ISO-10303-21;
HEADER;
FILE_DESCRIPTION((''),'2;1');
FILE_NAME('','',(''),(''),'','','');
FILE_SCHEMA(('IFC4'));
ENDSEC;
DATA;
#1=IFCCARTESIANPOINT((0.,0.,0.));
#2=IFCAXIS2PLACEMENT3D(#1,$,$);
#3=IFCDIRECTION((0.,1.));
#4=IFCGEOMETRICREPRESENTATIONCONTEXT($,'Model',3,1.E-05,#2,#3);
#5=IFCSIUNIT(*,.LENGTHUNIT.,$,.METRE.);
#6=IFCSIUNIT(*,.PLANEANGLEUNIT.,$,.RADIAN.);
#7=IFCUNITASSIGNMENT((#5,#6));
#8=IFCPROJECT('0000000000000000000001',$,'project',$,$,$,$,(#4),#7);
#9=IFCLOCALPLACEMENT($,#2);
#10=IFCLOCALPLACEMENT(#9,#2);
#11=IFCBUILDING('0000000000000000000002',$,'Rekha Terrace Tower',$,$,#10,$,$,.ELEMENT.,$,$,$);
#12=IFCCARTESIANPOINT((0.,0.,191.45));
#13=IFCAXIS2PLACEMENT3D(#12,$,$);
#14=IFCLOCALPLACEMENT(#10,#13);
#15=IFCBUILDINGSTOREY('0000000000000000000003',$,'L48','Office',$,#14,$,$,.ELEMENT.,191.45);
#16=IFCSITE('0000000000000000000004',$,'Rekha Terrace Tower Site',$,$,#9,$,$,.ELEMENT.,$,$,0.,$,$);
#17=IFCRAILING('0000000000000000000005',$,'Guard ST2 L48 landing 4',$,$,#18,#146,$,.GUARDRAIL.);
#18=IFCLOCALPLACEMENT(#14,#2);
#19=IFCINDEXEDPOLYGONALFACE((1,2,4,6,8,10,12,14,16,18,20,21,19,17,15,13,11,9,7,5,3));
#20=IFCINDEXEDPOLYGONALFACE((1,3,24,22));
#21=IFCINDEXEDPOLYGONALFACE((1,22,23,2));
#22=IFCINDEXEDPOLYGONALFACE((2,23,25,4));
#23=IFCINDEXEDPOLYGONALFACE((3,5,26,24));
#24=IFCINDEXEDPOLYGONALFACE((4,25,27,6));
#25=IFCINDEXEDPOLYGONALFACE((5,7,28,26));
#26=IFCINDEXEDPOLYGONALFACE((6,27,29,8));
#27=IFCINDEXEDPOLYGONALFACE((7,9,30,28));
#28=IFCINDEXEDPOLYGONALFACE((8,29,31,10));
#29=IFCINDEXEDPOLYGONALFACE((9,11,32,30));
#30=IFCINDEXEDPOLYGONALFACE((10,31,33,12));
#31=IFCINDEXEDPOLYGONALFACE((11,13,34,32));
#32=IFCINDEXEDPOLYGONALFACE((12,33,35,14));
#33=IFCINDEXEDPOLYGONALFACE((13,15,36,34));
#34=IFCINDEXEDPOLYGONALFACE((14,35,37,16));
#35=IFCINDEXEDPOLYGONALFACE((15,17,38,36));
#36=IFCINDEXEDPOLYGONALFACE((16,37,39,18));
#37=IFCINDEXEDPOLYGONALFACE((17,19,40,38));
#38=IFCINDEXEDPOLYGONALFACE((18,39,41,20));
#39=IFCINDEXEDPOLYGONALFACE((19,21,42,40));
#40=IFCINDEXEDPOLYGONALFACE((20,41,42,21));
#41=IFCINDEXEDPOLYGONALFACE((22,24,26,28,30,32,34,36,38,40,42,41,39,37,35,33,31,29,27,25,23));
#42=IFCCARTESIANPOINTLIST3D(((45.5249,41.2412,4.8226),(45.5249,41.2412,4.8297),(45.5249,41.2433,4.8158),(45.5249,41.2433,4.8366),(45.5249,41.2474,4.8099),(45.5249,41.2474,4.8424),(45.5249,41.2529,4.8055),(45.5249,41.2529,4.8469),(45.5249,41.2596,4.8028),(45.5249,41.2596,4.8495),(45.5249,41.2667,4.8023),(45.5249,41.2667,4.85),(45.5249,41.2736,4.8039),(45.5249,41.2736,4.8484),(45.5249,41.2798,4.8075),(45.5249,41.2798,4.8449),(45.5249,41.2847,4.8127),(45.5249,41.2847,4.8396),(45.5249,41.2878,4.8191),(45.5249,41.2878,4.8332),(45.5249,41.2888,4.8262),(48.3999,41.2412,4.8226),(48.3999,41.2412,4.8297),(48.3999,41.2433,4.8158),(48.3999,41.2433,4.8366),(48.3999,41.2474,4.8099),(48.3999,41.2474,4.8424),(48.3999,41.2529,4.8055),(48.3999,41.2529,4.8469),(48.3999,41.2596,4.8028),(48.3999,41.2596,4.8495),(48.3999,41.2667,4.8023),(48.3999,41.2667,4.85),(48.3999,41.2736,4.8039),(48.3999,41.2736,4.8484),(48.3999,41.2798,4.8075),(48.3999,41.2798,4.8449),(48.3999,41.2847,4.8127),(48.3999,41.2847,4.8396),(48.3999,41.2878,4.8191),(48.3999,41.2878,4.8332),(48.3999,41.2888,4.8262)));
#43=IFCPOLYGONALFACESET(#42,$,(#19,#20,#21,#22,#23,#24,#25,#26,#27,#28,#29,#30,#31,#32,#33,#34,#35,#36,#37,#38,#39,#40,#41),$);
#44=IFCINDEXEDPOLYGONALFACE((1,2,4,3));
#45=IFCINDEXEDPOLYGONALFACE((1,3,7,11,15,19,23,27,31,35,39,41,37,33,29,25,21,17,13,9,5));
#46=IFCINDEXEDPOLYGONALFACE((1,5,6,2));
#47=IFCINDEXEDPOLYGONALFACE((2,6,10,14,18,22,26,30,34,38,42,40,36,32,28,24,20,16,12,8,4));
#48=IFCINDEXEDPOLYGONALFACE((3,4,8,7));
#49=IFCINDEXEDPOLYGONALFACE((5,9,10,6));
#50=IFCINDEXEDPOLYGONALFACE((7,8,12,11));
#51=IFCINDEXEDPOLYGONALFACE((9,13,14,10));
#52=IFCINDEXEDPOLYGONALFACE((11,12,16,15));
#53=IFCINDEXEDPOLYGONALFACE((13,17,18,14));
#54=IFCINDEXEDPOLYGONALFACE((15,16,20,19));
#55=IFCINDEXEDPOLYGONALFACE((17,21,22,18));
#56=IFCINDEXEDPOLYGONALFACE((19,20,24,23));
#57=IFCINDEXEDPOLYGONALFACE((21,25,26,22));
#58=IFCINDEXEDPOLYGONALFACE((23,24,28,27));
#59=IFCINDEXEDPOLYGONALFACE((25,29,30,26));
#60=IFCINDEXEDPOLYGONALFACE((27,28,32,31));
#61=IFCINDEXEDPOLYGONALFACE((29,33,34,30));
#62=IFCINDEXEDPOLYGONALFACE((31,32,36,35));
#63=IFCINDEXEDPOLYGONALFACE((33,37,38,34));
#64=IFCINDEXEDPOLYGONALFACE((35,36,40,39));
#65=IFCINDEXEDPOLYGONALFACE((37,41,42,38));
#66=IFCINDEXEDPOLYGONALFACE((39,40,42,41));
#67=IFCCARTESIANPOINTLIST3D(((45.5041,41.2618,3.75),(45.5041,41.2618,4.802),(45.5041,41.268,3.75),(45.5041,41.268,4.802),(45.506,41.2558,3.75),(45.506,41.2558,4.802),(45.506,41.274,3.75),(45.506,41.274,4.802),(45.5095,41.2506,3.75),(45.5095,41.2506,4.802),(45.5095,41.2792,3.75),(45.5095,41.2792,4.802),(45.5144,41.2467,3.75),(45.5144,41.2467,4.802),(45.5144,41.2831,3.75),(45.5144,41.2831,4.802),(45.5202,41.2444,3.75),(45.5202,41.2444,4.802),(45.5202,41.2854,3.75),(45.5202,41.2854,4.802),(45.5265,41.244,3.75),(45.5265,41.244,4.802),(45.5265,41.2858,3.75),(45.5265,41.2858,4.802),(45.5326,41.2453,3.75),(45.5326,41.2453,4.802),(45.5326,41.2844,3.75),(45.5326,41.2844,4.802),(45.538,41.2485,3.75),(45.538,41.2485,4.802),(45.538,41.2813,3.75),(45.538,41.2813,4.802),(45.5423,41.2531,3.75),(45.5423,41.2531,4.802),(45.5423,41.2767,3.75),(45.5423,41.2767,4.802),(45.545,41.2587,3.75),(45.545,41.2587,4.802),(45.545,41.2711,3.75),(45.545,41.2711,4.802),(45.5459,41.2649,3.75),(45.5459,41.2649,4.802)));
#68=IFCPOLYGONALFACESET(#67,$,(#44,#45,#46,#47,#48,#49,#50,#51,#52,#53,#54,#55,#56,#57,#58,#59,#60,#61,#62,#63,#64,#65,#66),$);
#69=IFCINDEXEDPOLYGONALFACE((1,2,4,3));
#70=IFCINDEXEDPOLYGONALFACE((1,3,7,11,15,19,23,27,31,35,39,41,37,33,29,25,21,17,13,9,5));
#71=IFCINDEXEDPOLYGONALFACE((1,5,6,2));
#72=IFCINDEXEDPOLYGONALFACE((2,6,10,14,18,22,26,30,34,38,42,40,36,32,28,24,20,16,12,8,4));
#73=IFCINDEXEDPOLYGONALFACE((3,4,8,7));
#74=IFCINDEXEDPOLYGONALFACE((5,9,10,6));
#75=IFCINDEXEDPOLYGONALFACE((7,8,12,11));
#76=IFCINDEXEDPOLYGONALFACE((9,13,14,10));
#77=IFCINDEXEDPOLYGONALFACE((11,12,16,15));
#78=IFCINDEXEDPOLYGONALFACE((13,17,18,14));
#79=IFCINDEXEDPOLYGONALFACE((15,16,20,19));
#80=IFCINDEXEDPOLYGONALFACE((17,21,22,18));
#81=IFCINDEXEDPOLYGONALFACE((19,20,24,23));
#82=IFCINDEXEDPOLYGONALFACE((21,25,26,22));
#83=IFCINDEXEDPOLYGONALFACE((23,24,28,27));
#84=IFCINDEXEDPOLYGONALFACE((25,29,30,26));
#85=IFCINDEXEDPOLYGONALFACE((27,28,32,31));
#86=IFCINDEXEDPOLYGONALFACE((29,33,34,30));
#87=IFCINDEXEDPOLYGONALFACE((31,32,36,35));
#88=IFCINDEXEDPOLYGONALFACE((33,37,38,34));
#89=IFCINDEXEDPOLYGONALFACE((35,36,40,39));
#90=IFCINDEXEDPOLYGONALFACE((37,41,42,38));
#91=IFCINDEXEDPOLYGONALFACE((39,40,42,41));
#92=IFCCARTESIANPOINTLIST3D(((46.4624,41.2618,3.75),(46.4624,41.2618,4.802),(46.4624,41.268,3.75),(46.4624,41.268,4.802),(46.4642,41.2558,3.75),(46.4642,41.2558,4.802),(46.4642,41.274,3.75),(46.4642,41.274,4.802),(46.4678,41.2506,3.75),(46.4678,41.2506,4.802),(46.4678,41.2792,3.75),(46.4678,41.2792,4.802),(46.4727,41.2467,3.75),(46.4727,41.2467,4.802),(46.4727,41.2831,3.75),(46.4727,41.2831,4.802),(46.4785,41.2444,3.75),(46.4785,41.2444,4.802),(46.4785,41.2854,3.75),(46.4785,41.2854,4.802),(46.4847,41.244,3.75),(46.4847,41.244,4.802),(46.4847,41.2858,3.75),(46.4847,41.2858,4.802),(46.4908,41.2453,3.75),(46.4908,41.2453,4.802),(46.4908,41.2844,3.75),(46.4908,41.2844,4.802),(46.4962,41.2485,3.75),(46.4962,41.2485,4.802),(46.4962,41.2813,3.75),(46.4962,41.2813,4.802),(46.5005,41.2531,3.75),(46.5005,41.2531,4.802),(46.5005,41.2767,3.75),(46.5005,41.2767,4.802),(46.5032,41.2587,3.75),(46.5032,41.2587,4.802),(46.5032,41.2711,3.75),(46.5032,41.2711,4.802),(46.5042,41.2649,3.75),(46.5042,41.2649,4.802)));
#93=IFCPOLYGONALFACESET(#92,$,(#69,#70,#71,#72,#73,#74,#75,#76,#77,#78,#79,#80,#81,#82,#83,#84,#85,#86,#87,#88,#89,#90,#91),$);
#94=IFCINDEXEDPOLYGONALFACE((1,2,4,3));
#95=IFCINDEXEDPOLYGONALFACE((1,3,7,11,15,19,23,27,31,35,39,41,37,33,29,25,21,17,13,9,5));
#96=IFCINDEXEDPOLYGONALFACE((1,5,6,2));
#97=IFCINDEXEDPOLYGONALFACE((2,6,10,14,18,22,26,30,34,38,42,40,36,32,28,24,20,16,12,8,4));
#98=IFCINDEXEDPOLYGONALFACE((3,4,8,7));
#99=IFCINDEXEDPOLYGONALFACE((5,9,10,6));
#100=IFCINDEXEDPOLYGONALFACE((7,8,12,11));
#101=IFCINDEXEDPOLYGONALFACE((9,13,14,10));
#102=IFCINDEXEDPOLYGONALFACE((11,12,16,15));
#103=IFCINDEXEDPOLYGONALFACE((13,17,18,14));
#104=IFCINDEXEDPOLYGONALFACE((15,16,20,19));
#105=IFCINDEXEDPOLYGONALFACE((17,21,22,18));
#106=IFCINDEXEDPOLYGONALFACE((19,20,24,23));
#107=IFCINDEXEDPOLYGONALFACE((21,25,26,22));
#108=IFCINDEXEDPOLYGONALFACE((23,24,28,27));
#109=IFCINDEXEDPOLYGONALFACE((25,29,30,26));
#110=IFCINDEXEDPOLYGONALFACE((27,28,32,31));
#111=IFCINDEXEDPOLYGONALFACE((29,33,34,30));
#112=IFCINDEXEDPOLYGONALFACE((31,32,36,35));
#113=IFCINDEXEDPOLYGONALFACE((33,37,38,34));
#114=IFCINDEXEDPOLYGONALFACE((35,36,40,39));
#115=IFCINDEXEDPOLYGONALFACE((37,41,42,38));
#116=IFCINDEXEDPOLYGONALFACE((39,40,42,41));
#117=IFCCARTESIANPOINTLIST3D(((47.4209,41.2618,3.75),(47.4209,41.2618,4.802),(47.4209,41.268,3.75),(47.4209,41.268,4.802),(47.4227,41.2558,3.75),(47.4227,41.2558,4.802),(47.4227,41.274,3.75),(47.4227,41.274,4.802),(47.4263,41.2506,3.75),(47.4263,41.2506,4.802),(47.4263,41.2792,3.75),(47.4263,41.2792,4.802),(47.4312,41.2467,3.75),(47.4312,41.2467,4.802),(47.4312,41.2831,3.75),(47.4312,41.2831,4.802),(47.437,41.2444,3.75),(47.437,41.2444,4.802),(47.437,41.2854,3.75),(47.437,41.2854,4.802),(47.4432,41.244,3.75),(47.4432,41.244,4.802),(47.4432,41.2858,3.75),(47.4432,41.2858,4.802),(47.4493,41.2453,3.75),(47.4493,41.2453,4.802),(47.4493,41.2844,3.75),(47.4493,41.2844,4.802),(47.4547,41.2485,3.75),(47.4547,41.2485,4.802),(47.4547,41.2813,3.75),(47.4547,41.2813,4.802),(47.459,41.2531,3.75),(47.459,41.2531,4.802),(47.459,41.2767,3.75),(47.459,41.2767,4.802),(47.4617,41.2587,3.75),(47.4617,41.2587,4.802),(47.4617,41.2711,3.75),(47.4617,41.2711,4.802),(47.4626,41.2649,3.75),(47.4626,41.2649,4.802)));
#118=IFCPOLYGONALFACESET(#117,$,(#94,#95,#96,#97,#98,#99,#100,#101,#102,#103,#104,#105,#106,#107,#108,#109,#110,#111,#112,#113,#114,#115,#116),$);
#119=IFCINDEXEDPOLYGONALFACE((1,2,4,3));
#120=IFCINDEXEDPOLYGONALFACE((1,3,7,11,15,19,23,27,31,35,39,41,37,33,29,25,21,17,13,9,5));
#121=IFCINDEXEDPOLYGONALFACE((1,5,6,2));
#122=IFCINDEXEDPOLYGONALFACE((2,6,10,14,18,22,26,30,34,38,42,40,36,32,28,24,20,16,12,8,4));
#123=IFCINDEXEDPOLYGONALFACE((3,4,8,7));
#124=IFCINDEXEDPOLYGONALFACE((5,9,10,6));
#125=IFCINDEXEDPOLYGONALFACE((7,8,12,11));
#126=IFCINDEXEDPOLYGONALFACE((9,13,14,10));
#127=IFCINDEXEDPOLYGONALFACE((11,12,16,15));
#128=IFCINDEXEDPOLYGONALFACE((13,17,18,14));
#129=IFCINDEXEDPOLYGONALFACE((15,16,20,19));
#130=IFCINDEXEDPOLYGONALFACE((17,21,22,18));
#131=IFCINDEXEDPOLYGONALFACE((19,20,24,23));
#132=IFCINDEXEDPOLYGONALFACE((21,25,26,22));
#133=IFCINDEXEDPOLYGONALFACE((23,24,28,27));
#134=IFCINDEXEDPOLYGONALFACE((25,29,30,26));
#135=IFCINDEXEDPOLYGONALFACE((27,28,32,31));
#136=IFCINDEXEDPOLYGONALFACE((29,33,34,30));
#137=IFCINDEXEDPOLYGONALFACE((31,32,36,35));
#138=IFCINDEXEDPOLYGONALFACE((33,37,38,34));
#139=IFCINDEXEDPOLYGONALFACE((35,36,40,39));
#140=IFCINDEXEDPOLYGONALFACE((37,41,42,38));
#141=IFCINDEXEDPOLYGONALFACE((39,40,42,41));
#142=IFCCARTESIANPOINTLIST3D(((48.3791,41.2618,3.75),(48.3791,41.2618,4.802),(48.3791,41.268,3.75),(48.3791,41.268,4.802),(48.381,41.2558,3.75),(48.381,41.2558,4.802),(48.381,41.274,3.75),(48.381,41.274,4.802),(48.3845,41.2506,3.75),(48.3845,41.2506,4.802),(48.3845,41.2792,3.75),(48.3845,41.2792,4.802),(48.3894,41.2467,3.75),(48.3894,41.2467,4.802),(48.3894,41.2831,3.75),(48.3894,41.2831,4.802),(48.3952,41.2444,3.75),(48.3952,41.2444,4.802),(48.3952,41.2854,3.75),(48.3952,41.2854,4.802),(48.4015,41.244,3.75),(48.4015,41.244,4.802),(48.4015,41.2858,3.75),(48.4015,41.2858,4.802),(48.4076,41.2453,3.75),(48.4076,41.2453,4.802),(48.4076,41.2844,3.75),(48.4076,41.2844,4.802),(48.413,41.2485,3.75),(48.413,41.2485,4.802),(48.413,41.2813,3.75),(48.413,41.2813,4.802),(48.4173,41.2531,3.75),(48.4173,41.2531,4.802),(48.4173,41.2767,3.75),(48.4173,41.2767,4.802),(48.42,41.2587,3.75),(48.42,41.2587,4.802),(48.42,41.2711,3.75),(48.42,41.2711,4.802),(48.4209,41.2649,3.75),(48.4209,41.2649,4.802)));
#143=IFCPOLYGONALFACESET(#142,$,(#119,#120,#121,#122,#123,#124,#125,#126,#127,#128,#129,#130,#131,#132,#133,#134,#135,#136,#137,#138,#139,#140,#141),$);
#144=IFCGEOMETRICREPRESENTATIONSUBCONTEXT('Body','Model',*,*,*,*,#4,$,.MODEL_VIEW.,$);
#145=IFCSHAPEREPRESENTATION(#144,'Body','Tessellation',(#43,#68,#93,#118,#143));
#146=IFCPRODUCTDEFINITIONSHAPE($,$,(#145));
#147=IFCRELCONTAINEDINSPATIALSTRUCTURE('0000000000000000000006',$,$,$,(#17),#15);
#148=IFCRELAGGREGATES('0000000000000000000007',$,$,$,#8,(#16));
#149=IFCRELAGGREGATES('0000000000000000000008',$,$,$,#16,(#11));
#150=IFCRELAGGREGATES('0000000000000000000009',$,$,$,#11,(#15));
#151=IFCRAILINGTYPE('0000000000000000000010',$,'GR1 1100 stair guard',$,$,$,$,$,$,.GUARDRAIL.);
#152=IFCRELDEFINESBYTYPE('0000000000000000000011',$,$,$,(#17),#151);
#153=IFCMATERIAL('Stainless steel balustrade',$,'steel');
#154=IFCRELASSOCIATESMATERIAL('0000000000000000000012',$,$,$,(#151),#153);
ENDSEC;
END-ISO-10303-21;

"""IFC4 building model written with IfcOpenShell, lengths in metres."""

from ifc_helpers import new_model, si_unit, direction, frame, origin, origin_2d, place, context, subcontext, project, spatial, circle, extrude, material, type_object, element, save


model = new_model("IFC4")

# Units and contexts
model_context = context("Model", 3, precision=1e-05, world=origin(), true_north=direction((0.0, 1.0)))
body_context = subcontext(model_context, "Body", "Model", "MODEL_VIEW")
ifc_project = project(units=[si_unit("LENGTHUNIT", "METRE"), si_unit("PLANEANGLEUNIT", "RADIAN")], contexts=[model_context])

# Site, building, storey
site_placement = place(None, origin())
site = spatial("IfcSite", under=ifc_project, at=site_placement, Name="Rekha Terrace Tower Site", CompositionType="ELEMENT", RefElevation=0.0)
building_placement = place(site_placement, origin())
building = spatial("IfcBuilding", under=site, at=building_placement, Name="Rekha Terrace Tower", CompositionType="ELEMENT")
storey_placement = place(building_placement, frame((0.0, 0.0, 191.45)))
storey = spatial("IfcBuildingStorey", under=building, at=storey_placement, Name="L48", Description="Office", CompositionType="ELEMENT", Elevation=191.45)

# Railing
ifc_material_1 = material(Name="Stainless steel balustrade", Category="steel")
railing_type_1 = type_object("IfcRailingType", Name="GR1 1100 stair guard", PredefinedType="GUARDRAIL", material=ifc_material_1)
railing_1_placement = place(storey_placement, frame((45.5249, 41.2649, 3.75)))
element("IfcRailing", 1, at=railing_1_placement, inside=storey, type_object=railing_type_1, Name="Guard ST2 L48 landing 4", PredefinedType="GUARDRAIL", context=body_context, shape_type="SweptSolid", body=[
    extrude(circle(Radius=0.0239, at=origin_2d()), frame((0.0, 0.0, 1.0762), z_axis=(1.0, 0.0, 0.0), x_axis=(0.0, 1.0, 0.0)), (0.0, 0.0, 1.0), 2.875),
    extrude(circle(Radius=0.021, at=origin_2d()), origin(), (0.0, 0.0, 1.0), 1.052),
    extrude(circle(Radius=0.021, at=origin_2d()), frame((0.9583, 0.0, 0.0)), (0.0, 0.0, 1.0), 1.052),
    extrude(circle(Radius=0.021, at=origin_2d()), frame((1.9167, 0.0, 0.0)), (0.0, 0.0, 1.0), 1.052),
    extrude(circle(Radius=0.021, at=origin_2d()), frame((2.875, 0.0, 0.0)), (0.0, 0.0, 1.0), 1.052),
])

save(model, "model.ifc")
